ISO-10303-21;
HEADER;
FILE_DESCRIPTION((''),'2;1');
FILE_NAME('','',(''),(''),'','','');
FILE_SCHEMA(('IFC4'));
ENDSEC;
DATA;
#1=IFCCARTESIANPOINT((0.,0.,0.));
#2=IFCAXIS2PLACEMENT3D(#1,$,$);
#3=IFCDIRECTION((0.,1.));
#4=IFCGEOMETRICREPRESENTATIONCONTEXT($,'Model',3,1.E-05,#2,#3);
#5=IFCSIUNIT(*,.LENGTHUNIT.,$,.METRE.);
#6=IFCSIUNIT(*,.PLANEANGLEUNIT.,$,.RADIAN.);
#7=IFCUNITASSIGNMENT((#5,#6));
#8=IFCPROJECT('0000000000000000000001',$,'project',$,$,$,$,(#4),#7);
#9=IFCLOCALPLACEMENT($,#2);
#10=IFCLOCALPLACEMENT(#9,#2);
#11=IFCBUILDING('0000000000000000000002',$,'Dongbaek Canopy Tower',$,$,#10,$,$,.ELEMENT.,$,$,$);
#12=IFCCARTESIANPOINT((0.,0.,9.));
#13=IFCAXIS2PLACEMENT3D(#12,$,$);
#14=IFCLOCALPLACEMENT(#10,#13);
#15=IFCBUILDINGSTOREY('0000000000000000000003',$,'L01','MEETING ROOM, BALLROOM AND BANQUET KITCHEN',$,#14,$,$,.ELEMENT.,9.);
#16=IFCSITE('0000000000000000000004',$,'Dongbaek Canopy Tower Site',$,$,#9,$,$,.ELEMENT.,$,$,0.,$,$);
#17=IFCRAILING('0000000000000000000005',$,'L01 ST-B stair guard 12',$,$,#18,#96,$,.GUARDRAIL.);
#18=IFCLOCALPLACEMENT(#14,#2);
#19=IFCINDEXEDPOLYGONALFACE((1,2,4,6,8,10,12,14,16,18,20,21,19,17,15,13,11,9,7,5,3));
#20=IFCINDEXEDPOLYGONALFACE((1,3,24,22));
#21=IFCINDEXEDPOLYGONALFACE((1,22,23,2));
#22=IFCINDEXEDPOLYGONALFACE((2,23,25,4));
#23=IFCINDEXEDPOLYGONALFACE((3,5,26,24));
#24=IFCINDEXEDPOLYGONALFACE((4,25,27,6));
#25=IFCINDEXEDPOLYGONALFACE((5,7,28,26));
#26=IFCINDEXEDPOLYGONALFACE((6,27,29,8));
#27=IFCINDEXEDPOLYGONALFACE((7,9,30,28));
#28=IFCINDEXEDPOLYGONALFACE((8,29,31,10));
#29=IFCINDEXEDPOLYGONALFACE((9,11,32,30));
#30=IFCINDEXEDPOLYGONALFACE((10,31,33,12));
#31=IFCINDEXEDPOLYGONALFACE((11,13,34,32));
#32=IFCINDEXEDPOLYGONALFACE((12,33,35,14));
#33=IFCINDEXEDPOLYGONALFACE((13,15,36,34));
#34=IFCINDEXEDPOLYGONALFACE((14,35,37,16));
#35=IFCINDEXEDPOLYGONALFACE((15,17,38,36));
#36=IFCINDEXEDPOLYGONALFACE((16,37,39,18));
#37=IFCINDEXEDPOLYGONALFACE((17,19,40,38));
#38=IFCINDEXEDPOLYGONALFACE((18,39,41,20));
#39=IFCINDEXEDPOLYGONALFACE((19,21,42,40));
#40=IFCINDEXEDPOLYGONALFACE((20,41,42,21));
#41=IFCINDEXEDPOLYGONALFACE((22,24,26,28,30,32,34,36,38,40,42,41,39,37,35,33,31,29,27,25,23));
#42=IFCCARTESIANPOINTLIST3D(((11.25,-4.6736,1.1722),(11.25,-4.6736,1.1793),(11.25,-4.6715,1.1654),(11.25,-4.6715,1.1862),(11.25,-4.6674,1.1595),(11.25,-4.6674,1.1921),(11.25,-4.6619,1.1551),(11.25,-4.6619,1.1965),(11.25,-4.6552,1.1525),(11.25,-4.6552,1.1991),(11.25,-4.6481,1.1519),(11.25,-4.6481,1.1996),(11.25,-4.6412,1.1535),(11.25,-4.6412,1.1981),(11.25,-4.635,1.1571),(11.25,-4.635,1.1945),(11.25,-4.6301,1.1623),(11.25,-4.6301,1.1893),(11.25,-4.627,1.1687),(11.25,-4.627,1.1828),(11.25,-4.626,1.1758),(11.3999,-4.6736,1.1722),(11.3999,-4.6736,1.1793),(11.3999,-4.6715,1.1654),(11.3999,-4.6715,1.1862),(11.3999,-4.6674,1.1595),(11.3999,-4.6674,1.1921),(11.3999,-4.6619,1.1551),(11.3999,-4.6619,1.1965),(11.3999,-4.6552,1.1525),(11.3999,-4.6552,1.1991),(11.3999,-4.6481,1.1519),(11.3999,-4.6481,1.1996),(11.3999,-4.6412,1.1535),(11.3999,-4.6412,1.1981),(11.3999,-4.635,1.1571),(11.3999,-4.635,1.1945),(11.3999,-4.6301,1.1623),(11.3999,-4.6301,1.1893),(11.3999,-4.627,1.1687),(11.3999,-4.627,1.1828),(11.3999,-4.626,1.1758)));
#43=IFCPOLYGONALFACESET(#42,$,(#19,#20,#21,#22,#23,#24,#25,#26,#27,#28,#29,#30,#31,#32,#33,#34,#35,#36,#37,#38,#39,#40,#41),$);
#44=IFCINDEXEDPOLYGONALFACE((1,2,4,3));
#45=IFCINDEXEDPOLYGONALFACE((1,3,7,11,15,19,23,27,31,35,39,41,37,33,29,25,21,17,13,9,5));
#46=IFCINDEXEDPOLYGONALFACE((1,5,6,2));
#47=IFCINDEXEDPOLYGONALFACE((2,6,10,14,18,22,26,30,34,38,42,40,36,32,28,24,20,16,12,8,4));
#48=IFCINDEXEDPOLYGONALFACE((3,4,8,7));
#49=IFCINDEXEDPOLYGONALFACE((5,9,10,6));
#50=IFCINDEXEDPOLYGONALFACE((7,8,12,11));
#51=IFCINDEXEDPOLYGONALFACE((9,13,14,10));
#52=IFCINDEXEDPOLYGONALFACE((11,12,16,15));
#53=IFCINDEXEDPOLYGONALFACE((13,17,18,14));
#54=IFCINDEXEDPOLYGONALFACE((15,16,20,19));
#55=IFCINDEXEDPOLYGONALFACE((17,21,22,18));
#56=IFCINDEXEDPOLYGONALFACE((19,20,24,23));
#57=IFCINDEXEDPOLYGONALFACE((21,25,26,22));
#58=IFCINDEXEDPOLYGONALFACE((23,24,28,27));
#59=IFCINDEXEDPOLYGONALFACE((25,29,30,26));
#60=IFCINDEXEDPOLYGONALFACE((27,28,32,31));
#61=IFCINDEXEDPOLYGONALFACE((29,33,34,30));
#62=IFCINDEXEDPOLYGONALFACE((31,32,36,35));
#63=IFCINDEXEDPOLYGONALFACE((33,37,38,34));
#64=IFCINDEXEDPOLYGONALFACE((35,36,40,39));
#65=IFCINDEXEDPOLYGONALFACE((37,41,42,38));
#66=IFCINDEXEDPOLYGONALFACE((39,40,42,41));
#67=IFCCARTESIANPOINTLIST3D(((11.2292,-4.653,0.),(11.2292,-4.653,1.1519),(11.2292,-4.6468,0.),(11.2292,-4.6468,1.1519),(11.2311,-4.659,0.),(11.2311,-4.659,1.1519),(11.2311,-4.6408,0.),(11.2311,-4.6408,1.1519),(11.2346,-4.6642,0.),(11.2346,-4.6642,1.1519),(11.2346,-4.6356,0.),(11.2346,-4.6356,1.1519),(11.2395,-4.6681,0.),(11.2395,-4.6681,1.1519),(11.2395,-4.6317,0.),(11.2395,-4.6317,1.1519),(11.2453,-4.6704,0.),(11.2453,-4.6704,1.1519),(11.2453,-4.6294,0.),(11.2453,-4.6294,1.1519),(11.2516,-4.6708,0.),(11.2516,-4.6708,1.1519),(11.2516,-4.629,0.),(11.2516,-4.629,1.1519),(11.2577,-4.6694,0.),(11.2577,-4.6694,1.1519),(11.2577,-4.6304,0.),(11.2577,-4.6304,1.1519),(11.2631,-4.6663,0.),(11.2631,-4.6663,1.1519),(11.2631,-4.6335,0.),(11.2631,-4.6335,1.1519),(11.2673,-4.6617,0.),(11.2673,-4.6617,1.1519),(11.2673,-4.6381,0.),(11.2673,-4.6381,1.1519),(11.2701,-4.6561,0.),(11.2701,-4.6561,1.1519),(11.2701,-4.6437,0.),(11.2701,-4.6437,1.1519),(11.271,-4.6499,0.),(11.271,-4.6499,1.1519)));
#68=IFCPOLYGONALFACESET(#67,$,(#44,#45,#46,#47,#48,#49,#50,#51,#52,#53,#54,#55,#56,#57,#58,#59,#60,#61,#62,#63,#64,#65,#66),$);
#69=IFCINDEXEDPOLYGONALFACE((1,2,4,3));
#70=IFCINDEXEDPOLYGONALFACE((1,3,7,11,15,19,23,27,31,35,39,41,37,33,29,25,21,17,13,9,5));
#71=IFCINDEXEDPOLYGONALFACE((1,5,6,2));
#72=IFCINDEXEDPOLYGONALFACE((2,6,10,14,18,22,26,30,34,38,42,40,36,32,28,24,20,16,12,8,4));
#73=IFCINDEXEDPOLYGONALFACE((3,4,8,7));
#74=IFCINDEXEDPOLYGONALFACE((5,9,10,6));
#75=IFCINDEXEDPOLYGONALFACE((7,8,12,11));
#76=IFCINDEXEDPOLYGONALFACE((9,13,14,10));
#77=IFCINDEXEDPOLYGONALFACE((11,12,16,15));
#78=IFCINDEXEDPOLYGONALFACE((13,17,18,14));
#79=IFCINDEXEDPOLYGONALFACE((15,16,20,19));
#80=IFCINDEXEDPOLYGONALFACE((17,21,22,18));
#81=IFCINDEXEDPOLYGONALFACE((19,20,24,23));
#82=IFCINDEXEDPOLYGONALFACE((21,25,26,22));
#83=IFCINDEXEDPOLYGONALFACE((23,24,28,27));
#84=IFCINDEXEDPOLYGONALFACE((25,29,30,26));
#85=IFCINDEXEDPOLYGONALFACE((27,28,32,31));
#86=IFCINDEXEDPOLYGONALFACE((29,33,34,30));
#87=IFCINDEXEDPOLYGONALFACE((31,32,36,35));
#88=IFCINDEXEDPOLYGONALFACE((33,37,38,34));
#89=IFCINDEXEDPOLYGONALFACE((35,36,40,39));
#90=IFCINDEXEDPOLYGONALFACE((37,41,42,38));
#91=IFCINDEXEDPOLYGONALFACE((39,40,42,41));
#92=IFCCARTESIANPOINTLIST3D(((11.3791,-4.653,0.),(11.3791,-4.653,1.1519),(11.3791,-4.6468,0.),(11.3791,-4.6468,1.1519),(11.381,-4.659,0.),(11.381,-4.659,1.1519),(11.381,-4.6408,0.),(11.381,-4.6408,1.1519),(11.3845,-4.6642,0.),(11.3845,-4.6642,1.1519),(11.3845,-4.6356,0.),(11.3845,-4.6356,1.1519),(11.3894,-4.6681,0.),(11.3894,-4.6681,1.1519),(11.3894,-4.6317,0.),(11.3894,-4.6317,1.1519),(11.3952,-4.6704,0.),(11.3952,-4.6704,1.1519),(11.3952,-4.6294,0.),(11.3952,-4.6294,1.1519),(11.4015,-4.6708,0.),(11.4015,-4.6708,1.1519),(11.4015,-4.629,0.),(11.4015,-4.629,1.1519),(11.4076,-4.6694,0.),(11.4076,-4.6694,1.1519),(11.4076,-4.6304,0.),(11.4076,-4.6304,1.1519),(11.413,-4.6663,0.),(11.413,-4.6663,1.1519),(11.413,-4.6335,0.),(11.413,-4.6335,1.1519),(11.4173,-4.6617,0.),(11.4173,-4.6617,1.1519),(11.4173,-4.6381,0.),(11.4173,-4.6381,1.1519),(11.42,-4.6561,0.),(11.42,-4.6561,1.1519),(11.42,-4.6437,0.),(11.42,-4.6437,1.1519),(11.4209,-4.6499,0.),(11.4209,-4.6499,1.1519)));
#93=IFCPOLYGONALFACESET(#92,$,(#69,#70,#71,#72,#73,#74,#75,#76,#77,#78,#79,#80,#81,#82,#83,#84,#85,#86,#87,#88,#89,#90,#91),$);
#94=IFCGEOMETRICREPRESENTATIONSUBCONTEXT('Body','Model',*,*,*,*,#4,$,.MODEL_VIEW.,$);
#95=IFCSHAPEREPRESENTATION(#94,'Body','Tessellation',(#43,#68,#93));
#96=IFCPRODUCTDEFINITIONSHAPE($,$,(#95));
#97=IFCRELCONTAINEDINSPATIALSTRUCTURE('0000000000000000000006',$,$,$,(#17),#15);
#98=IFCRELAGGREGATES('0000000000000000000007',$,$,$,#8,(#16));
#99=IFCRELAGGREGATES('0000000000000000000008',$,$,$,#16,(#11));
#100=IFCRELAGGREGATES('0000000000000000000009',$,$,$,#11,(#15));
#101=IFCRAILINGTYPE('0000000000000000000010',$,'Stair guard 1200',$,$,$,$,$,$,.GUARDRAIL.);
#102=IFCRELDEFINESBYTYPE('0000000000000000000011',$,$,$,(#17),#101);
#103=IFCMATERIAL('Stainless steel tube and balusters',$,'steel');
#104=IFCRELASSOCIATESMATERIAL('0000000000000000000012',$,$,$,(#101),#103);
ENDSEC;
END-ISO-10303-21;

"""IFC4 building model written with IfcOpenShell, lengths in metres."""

from ifc_helpers import new_model, si_unit, direction, frame, origin, origin_2d, place, context, subcontext, project, spatial, circle, extrude, material, type_object, element, save


model = new_model("IFC4")

# Units and contexts
model_context = context("Model", 3, precision=1e-05, world=origin(), true_north=direction((0.0, 1.0)))
body_context = subcontext(model_context, "Body", "Model", "MODEL_VIEW")
ifc_project = project(units=[si_unit("LENGTHUNIT", "METRE"), si_unit("PLANEANGLEUNIT", "RADIAN")], contexts=[model_context])

# Site, building, storey
site_placement = place(None, origin())
site = spatial("IfcSite", under=ifc_project, at=site_placement, Name="Dongbaek Canopy Tower Site", CompositionType="ELEMENT", RefElevation=0.0)
building_placement = place(site_placement, origin())
building = spatial("IfcBuilding", under=site, at=building_placement, Name="Dongbaek Canopy Tower", CompositionType="ELEMENT")
storey_placement = place(building_placement, frame((0.0, 0.0, 9.0)))
storey = spatial("IfcBuildingStorey", under=building, at=storey_placement, Name="L01", Description="MEETING ROOM, BALLROOM AND BANQUET KITCHEN", CompositionType="ELEMENT", Elevation=9.0)

# Railing
ifc_material_1 = material(Name="Stainless steel tube and balusters", Category="steel")
railing_type_1 = type_object("IfcRailingType", Name="Stair guard 1200", PredefinedType="GUARDRAIL", material=ifc_material_1)
railing_1_placement = place(storey_placement, frame((11.25, -4.6499, 0.0)))
element("IfcRailing", 1, at=railing_1_placement, inside=storey, type_object=railing_type_1, Name="L01 ST-B stair guard 12", PredefinedType="GUARDRAIL", context=body_context, shape_type="SweptSolid", body=[
    extrude(circle(Radius=0.0239, at=origin_2d()), frame((0.0, 0.0, 1.1758), z_axis=(1.0, 0.0, 0.0), x_axis=(0.0, 1.0, 0.0)), (0.0, 0.0, 1.0), 0.1499),
    extrude(circle(Radius=0.021, at=origin_2d()), origin(), (0.0, 0.0, 1.0), 1.1519),
    extrude(circle(Radius=0.021, at=origin_2d()), frame((0.1499, 0.0, 0.0)), (0.0, 0.0, 1.0), 1.1519),
])

save(model, "model.ifc")
